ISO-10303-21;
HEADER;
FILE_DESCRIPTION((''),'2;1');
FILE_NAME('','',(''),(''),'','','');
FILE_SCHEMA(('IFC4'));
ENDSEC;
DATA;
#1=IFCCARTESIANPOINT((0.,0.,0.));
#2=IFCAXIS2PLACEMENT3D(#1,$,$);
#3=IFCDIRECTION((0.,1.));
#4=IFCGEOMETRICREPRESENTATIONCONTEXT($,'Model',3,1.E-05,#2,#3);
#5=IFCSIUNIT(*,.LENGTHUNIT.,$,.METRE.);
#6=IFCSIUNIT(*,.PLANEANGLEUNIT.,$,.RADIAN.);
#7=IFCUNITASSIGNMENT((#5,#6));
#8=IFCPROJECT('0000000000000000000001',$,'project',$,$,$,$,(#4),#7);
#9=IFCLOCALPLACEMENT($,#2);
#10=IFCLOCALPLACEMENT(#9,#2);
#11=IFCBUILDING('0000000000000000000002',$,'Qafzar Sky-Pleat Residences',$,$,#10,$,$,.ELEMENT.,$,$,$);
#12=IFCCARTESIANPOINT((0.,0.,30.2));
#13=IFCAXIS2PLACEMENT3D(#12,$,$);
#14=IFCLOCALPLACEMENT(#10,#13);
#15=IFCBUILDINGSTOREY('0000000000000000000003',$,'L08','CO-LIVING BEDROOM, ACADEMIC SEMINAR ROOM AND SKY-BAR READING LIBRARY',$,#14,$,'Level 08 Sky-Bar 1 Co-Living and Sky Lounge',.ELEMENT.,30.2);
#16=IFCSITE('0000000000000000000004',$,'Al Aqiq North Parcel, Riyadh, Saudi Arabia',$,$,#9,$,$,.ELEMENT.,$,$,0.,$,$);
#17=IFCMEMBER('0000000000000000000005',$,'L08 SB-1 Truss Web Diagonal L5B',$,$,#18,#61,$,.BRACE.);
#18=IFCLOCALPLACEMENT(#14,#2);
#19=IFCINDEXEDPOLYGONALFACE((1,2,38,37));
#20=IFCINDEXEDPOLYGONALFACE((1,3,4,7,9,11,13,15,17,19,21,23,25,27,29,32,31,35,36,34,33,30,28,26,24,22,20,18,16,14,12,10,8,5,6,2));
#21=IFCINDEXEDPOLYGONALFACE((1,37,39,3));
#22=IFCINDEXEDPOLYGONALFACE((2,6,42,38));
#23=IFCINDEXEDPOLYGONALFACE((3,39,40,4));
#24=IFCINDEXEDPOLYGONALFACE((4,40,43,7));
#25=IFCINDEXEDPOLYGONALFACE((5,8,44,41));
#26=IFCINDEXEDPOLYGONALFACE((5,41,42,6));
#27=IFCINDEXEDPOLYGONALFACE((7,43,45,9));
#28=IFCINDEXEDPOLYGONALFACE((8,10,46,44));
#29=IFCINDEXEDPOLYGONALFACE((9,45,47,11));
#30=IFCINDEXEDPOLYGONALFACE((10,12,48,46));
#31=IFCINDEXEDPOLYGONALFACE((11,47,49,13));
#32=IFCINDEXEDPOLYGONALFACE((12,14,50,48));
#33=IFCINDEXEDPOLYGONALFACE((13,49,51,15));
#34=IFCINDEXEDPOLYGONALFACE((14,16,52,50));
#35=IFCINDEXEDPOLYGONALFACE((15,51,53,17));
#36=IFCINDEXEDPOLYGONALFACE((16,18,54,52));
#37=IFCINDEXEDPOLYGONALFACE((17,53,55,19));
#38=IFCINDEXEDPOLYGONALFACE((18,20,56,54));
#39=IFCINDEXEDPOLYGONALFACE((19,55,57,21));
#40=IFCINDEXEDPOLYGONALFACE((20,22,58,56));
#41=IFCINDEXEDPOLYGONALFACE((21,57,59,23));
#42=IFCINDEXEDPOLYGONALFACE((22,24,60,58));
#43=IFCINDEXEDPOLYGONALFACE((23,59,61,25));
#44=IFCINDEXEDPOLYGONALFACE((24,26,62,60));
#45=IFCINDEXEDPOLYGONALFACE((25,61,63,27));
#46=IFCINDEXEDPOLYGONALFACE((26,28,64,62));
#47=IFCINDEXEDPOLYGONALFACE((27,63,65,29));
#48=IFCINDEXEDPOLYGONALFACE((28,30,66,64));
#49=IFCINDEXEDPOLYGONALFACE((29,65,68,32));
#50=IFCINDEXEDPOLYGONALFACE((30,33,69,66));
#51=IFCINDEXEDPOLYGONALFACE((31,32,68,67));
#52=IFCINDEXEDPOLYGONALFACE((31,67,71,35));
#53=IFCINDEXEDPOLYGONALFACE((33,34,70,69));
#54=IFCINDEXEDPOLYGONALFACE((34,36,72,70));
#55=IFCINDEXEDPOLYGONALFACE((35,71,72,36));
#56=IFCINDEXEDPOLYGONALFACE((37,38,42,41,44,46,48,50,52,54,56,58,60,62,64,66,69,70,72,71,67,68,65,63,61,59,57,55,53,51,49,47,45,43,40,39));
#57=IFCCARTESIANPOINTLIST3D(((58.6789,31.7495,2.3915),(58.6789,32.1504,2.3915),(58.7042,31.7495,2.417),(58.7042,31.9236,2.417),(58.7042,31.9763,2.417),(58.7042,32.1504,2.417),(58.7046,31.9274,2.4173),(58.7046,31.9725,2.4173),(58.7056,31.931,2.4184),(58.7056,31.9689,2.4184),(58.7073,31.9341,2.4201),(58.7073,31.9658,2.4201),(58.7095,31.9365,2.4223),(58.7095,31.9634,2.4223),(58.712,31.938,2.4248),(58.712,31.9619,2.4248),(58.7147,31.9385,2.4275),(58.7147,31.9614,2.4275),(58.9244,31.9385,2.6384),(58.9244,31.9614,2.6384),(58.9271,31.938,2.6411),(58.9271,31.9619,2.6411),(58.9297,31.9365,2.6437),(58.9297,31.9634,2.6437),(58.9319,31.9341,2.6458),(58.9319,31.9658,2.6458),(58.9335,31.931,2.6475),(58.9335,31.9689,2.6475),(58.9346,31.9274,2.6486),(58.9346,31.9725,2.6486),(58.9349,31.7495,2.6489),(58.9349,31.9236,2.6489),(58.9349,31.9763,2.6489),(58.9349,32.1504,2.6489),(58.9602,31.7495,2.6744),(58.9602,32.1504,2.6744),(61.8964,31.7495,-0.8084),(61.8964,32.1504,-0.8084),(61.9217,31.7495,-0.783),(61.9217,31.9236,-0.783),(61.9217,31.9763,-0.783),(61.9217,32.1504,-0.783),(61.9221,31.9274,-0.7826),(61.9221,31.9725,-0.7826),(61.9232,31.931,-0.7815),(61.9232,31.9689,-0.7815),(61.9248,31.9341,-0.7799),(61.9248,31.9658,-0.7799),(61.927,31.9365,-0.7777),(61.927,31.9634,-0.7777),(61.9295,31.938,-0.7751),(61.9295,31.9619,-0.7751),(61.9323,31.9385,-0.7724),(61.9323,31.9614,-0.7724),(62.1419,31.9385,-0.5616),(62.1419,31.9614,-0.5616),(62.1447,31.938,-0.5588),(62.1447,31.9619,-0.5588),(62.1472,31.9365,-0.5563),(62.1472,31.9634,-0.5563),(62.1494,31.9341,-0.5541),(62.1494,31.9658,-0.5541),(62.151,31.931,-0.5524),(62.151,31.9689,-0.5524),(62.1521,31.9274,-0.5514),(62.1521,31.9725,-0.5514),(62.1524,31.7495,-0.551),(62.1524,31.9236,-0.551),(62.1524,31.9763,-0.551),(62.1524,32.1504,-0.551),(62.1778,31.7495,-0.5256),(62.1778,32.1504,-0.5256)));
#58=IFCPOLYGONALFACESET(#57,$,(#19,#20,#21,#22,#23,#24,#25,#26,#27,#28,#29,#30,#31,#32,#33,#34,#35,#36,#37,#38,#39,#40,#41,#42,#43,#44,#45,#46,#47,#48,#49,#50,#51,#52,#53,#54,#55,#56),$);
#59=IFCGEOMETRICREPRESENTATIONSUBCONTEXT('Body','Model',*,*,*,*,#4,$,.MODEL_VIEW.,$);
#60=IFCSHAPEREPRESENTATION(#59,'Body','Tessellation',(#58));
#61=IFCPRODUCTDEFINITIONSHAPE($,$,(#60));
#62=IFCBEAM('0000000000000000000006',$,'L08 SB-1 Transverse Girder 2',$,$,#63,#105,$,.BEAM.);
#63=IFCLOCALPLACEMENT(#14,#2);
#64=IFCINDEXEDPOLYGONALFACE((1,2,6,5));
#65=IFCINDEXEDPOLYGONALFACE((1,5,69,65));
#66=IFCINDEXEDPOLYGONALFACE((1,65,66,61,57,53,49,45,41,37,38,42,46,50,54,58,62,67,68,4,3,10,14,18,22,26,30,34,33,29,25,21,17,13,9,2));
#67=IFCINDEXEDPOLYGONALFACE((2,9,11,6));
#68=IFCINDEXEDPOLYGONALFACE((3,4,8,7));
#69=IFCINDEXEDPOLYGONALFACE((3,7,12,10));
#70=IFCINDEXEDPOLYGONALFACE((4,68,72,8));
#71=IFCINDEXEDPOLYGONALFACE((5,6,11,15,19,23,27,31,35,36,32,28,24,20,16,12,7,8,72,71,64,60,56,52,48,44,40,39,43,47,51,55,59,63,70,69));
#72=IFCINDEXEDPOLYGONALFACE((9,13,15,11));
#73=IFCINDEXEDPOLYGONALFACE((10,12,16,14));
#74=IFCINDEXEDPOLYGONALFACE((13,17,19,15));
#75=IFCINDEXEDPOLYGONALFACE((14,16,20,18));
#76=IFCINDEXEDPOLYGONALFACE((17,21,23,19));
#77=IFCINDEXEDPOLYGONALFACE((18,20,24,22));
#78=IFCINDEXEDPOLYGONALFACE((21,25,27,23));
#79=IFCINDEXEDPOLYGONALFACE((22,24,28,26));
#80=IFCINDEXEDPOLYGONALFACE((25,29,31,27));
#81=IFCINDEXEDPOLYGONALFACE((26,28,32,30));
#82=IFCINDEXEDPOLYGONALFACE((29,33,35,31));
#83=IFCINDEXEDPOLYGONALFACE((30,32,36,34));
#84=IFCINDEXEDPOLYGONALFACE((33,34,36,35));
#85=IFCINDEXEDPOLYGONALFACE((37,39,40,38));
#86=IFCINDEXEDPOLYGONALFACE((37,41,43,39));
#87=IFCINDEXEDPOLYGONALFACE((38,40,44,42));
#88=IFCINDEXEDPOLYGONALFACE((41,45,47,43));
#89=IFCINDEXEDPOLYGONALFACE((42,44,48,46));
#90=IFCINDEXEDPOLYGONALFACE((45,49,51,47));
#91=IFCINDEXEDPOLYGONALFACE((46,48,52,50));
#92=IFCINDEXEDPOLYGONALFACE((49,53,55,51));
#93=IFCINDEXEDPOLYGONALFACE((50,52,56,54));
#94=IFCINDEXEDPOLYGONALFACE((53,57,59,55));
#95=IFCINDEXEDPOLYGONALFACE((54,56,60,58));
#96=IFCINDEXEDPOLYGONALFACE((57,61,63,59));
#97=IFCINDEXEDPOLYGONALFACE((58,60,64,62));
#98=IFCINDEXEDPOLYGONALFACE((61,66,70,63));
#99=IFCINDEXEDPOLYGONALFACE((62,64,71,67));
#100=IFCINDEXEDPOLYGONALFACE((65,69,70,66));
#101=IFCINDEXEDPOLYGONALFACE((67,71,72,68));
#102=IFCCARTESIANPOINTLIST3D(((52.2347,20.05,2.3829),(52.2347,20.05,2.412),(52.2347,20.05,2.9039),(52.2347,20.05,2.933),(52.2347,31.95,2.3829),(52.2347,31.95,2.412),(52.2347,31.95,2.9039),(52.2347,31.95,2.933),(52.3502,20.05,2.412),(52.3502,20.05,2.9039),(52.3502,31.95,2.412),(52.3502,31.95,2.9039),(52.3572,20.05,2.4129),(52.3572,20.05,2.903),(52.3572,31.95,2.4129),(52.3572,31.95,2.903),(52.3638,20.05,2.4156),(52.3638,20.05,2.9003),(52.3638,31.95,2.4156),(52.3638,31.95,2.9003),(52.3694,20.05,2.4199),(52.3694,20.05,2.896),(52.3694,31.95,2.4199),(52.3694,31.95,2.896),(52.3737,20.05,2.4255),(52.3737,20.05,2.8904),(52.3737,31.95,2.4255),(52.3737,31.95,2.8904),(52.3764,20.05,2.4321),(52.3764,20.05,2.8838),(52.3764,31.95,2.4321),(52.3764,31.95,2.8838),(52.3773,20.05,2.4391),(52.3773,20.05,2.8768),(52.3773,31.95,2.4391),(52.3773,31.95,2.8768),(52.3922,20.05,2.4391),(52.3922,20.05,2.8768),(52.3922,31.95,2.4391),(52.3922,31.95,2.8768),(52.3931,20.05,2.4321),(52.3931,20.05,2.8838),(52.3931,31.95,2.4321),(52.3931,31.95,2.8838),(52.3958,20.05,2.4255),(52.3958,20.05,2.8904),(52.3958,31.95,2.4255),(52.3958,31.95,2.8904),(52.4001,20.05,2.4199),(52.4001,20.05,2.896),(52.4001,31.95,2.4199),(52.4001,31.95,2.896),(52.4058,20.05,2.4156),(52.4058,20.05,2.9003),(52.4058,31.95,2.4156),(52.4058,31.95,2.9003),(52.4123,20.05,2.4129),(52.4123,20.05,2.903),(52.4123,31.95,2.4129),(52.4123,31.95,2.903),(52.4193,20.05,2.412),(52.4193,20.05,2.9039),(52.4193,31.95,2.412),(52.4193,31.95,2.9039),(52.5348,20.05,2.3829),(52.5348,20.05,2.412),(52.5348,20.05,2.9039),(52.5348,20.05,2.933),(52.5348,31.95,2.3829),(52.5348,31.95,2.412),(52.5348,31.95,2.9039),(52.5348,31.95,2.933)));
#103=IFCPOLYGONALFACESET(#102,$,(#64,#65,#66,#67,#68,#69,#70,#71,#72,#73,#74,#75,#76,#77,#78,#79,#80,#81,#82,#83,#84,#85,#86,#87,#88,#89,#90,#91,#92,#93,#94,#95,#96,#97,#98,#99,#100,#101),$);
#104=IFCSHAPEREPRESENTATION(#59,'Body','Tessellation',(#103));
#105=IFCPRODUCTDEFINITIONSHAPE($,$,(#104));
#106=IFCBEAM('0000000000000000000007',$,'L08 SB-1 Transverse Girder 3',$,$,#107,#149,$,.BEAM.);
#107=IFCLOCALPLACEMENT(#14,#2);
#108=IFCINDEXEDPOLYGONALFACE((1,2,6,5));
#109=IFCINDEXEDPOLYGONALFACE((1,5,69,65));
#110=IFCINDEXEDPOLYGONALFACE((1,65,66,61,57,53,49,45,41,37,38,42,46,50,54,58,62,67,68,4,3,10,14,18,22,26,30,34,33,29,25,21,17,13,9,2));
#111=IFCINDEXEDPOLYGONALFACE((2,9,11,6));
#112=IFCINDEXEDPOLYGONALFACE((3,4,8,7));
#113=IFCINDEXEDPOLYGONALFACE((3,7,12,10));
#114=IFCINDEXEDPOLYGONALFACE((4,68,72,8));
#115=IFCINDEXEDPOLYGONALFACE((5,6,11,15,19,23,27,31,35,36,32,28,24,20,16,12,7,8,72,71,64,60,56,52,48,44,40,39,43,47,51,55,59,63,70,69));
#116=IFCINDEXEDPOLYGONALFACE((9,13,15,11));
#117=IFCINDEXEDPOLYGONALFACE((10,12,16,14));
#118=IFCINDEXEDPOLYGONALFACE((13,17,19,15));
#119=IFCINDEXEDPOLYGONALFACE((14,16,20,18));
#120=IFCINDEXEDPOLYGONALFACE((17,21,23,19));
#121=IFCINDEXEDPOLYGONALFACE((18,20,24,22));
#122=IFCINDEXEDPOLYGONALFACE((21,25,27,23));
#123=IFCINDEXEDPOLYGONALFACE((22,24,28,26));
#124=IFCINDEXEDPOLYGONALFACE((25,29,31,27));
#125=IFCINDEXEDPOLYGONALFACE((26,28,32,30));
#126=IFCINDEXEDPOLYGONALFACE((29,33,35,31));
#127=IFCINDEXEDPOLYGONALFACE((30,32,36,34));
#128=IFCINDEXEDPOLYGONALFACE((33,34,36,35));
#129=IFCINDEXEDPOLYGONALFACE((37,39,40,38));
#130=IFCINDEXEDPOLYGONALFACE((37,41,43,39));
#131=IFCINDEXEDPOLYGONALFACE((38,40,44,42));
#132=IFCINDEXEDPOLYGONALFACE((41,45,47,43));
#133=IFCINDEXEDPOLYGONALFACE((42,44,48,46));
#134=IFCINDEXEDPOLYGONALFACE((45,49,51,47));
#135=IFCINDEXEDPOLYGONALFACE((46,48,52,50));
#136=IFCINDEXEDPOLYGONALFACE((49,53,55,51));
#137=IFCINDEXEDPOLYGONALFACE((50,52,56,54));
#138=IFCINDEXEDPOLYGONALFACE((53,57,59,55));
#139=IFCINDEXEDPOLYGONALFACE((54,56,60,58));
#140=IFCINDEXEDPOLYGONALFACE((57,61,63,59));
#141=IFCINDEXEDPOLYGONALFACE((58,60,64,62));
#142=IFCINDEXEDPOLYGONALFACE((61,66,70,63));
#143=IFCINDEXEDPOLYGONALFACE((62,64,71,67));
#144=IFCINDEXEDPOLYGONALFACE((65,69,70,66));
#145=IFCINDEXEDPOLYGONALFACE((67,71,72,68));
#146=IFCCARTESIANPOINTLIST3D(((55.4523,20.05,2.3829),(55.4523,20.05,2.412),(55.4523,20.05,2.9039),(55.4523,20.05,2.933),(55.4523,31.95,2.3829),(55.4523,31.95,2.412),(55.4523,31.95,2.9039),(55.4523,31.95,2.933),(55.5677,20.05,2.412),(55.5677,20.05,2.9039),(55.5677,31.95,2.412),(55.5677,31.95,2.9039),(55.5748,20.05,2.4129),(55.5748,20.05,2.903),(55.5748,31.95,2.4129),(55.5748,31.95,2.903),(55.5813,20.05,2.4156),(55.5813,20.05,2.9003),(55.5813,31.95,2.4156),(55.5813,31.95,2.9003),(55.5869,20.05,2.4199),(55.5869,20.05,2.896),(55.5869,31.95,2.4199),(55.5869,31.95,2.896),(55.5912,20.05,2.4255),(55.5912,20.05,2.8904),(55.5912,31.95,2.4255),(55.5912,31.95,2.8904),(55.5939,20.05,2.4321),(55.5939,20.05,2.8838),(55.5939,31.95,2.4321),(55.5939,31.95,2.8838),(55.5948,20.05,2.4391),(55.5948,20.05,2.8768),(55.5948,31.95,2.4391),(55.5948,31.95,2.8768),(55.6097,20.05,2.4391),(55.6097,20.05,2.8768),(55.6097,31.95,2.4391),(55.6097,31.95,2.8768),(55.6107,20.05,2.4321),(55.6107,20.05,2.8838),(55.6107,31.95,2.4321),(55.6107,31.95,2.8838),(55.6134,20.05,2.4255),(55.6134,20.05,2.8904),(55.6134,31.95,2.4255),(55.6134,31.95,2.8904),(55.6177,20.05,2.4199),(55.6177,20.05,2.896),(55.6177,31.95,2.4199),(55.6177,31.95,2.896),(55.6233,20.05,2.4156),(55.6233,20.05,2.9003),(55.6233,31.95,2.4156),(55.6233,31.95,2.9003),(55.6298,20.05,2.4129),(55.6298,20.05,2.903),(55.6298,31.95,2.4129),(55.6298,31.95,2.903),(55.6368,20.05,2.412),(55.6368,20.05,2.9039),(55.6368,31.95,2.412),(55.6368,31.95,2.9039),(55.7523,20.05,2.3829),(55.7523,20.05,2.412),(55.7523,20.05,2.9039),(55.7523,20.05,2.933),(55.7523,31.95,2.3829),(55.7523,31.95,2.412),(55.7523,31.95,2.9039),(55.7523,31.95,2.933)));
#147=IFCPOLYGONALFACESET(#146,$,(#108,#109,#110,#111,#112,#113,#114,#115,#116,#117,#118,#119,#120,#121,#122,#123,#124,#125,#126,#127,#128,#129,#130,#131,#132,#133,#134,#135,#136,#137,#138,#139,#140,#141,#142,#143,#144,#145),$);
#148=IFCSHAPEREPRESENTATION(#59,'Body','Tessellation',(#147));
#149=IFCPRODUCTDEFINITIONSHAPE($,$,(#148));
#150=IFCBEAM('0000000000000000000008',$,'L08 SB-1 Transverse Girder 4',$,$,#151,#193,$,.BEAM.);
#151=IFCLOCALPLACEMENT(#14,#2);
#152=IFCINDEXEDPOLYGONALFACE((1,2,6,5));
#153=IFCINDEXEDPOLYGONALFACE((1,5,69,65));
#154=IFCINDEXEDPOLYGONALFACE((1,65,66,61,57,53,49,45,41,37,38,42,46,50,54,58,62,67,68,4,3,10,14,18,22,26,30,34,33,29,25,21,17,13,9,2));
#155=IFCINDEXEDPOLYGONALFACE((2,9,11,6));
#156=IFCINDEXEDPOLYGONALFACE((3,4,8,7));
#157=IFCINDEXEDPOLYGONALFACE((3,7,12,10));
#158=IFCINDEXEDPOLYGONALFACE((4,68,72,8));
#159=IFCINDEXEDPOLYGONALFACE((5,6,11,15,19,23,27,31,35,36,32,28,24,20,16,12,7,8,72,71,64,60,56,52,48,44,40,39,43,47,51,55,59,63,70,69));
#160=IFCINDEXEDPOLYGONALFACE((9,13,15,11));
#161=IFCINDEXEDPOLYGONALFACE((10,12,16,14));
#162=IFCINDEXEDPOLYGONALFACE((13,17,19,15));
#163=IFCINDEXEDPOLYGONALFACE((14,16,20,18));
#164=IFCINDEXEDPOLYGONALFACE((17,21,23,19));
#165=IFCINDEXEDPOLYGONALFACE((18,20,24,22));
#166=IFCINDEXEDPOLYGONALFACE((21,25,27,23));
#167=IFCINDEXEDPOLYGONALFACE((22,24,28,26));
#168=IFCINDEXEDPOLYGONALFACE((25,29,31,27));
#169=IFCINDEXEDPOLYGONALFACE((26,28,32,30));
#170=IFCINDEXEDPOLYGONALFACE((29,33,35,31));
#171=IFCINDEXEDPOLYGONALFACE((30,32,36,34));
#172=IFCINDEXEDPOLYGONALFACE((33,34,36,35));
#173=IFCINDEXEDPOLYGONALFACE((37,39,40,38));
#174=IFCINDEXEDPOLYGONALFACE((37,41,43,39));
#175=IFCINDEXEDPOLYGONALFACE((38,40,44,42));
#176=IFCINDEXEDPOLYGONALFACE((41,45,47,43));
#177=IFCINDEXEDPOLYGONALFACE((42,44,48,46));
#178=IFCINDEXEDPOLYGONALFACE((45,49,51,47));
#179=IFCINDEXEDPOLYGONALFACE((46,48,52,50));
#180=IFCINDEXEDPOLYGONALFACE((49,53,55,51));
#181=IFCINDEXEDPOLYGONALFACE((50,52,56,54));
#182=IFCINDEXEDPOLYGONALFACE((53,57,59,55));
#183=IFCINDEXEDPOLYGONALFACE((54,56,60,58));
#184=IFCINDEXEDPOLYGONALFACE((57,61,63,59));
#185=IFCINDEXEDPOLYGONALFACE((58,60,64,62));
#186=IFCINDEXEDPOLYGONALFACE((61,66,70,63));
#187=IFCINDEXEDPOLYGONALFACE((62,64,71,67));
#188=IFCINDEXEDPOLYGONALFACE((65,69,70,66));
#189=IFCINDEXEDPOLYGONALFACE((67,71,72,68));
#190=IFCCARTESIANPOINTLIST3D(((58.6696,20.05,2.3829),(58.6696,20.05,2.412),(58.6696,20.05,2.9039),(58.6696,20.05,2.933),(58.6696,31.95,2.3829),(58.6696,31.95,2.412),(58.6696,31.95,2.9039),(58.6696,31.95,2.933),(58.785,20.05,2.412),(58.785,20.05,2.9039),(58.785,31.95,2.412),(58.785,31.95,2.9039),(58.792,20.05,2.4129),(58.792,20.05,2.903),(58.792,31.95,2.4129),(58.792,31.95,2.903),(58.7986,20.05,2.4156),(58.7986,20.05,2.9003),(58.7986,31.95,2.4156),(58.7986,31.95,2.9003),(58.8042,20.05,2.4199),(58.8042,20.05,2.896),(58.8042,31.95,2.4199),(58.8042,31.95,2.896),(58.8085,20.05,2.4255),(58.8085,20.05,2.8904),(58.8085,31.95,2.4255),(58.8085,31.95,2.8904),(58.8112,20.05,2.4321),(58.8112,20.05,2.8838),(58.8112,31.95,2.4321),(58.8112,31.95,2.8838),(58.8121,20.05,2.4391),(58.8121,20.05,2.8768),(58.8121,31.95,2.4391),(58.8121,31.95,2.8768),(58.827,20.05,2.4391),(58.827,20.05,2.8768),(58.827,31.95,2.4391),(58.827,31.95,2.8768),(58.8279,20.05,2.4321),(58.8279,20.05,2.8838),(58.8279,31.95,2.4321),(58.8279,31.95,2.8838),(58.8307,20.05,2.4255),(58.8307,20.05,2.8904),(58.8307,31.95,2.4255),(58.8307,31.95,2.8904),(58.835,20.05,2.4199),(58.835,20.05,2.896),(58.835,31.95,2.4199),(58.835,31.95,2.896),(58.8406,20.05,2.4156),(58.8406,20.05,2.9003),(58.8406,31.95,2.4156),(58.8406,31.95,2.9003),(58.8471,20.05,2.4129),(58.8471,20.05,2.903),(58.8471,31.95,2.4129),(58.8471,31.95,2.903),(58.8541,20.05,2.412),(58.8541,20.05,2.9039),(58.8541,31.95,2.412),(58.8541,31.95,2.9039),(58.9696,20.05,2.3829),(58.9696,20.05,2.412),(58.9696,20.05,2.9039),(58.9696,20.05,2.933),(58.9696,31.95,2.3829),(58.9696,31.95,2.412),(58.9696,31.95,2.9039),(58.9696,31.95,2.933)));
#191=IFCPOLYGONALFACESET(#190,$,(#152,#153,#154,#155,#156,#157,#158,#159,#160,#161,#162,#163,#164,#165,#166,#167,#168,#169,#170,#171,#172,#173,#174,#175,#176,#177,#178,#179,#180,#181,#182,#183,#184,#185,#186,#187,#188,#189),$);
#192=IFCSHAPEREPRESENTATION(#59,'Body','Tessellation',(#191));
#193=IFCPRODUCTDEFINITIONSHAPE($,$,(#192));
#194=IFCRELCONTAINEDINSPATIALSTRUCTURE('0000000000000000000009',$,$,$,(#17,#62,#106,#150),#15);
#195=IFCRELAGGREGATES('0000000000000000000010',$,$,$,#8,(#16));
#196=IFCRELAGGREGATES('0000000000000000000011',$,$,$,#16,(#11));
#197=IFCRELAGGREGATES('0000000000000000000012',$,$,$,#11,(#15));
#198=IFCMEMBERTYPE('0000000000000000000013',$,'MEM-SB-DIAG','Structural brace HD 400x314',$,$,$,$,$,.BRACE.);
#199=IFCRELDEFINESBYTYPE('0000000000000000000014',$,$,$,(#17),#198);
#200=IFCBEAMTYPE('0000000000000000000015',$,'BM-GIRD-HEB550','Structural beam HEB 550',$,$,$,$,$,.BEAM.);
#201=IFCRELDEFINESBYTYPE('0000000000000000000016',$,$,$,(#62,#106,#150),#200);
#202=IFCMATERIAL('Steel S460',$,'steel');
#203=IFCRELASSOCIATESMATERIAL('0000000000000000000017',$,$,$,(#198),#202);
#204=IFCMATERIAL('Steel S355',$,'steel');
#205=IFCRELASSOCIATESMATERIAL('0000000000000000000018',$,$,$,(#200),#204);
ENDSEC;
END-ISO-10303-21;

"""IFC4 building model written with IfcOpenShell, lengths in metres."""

from ifc_helpers import new_model, si_unit, direction, frame, origin, origin_2d, place, context, subcontext, project, spatial, i_section, extrude, source, transform, mapped, material, material_profile, profile_set, type_object, element, save


model = new_model("IFC4")

# Units and contexts
model_context = context("Model", 3, precision=1e-05, world=origin(), true_north=direction((0.0, 1.0)))
body_context = subcontext(model_context, "Body", "Model", "MODEL_VIEW")
ifc_project = project(units=[si_unit("LENGTHUNIT", "METRE"), si_unit("PLANEANGLEUNIT", "RADIAN")], contexts=[model_context])

# Site, building, storey
site_placement = place(None, origin())
site = spatial("IfcSite", under=ifc_project, at=site_placement, Name="Al Aqiq North Parcel, Riyadh, Saudi Arabia", CompositionType="ELEMENT", RefElevation=0.0)
building_placement = place(site_placement, origin())
building = spatial("IfcBuilding", under=site, at=building_placement, Name="Qafzar Sky-Pleat Residences", CompositionType="ELEMENT")
storey_placement = place(building_placement, frame((0.0, 0.0, 30.2)))
storey = spatial("IfcBuildingStorey", under=building, at=storey_placement, Name="L08", Description="CO-LIVING BEDROOM, ACADEMIC SEMINAR ROOM AND SKY-BAR READING LIBRARY", LongName="Level 08 Sky-Bar 1 Co-Living and Sky Lounge", CompositionType="ELEMENT", Elevation=30.2)

# Shared definitions
ifc_material_1 = material(Name="Steel S460", Category="steel")

# Member
ifc_material_profile_1 = material_profile(ifc_material_1, i_section(OverallWidth=0.4009, OverallDepth=0.3989, WebThickness=0.0229, FlangeThickness=0.0359, FilletRadius=0.0149, at=origin_2d()), Name="HD 400x314")
ifc_profile_set_1 = profile_set([ifc_material_profile_1], Name="Steel S460")
member_type_1 = type_object("IfcMemberType", Name="MEM-SB-DIAG", Description="Structural brace HD 400x314", PredefinedType="BRACE", material=ifc_profile_set_1)
shared_shape_1 = source(origin(), body_context, "Body", "SweptSolid", [
    extrude(i_section(OverallWidth=0.4009, OverallDepth=0.3989, WebThickness=0.0229, FlangeThickness=0.0359, FilletRadius=0.0149, at=origin_2d()), origin(), (0.0, 0.0, 1.0), 4.5378),
])
for number, where, z_axis, x_axis, name in (
    (1, (58.8196, 31.95, 2.533), (0.709041, 0.0, -0.705167), (0.0, 1.0, 0.0), "L08 SB-1 Truss Web Diagonal L5B"),
):
    element("IfcMember", number, at=place(storey_placement, frame(where, z_axis=z_axis, x_axis=x_axis)), inside=storey, type_object=member_type_1, Name=name, PredefinedType="BRACE", context=body_context, shape_type="MappedRepresentation", body=[
        mapped(shared_shape_1, transform((0.0, 0.0, 0.0), x_axis=(1.0, 0.0, 0.0), y_axis=(0.0, 1.0, 0.0), z_axis=(0.0, 0.0, 1.0), scale=1.0)),
    ])

# Beams
ifc_material_2 = material(Name="Steel S355", Category="steel")
ifc_material_profile_2 = material_profile(ifc_material_2, i_section(OverallWidth=0.3, OverallDepth=0.55, WebThickness=0.0149, FlangeThickness=0.0291, FilletRadius=0.0271, at=origin_2d()), Name="HEB 550")
ifc_profile_set_2 = profile_set([ifc_material_profile_2], Name="Steel S355")
beam_type_1 = type_object("IfcBeamType", Name="BM-GIRD-HEB550", Description="Structural beam HEB 550", PredefinedType="BEAM", material=ifc_profile_set_2)
shared_shape_2 = source(origin(), body_context, "Body", "SweptSolid", [
    extrude(i_section(OverallWidth=0.3, OverallDepth=0.55, WebThickness=0.0149, FlangeThickness=0.0291, FilletRadius=0.0271, at=origin_2d()), origin(), (0.0, 0.0, 1.0), 11.8999),
])
for number, where, z_axis, x_axis, name in (
    (2, (52.3848, 31.95, 2.658), (0.0, -1.0, 0.0), (1.0, 0.0, 0.0), "L08 SB-1 Transverse Girder 2"),
    (3, (55.6023, 31.95, 2.658), (0.0, -1.0, 0.0), (1.0, 0.0, 0.0), "L08 SB-1 Transverse Girder 3"),
    (4, (58.8196, 31.95, 2.658), (0.0, -1.0, 0.0), (1.0, 0.0, 0.0), "L08 SB-1 Transverse Girder 4"),
):
    element("IfcBeam", number, at=place(storey_placement, frame(where, z_axis=z_axis, x_axis=x_axis)), inside=storey, type_object=beam_type_1, Name=name, PredefinedType="BEAM", context=body_context, shape_type="MappedRepresentation", body=[
        mapped(shared_shape_2, transform((0.0, 0.0, 0.0), x_axis=(1.0, 0.0, 0.0), y_axis=(0.0, 1.0, 0.0), z_axis=(0.0, 0.0, 1.0), scale=1.0)),
    ])

save(model, "model.ifc")
